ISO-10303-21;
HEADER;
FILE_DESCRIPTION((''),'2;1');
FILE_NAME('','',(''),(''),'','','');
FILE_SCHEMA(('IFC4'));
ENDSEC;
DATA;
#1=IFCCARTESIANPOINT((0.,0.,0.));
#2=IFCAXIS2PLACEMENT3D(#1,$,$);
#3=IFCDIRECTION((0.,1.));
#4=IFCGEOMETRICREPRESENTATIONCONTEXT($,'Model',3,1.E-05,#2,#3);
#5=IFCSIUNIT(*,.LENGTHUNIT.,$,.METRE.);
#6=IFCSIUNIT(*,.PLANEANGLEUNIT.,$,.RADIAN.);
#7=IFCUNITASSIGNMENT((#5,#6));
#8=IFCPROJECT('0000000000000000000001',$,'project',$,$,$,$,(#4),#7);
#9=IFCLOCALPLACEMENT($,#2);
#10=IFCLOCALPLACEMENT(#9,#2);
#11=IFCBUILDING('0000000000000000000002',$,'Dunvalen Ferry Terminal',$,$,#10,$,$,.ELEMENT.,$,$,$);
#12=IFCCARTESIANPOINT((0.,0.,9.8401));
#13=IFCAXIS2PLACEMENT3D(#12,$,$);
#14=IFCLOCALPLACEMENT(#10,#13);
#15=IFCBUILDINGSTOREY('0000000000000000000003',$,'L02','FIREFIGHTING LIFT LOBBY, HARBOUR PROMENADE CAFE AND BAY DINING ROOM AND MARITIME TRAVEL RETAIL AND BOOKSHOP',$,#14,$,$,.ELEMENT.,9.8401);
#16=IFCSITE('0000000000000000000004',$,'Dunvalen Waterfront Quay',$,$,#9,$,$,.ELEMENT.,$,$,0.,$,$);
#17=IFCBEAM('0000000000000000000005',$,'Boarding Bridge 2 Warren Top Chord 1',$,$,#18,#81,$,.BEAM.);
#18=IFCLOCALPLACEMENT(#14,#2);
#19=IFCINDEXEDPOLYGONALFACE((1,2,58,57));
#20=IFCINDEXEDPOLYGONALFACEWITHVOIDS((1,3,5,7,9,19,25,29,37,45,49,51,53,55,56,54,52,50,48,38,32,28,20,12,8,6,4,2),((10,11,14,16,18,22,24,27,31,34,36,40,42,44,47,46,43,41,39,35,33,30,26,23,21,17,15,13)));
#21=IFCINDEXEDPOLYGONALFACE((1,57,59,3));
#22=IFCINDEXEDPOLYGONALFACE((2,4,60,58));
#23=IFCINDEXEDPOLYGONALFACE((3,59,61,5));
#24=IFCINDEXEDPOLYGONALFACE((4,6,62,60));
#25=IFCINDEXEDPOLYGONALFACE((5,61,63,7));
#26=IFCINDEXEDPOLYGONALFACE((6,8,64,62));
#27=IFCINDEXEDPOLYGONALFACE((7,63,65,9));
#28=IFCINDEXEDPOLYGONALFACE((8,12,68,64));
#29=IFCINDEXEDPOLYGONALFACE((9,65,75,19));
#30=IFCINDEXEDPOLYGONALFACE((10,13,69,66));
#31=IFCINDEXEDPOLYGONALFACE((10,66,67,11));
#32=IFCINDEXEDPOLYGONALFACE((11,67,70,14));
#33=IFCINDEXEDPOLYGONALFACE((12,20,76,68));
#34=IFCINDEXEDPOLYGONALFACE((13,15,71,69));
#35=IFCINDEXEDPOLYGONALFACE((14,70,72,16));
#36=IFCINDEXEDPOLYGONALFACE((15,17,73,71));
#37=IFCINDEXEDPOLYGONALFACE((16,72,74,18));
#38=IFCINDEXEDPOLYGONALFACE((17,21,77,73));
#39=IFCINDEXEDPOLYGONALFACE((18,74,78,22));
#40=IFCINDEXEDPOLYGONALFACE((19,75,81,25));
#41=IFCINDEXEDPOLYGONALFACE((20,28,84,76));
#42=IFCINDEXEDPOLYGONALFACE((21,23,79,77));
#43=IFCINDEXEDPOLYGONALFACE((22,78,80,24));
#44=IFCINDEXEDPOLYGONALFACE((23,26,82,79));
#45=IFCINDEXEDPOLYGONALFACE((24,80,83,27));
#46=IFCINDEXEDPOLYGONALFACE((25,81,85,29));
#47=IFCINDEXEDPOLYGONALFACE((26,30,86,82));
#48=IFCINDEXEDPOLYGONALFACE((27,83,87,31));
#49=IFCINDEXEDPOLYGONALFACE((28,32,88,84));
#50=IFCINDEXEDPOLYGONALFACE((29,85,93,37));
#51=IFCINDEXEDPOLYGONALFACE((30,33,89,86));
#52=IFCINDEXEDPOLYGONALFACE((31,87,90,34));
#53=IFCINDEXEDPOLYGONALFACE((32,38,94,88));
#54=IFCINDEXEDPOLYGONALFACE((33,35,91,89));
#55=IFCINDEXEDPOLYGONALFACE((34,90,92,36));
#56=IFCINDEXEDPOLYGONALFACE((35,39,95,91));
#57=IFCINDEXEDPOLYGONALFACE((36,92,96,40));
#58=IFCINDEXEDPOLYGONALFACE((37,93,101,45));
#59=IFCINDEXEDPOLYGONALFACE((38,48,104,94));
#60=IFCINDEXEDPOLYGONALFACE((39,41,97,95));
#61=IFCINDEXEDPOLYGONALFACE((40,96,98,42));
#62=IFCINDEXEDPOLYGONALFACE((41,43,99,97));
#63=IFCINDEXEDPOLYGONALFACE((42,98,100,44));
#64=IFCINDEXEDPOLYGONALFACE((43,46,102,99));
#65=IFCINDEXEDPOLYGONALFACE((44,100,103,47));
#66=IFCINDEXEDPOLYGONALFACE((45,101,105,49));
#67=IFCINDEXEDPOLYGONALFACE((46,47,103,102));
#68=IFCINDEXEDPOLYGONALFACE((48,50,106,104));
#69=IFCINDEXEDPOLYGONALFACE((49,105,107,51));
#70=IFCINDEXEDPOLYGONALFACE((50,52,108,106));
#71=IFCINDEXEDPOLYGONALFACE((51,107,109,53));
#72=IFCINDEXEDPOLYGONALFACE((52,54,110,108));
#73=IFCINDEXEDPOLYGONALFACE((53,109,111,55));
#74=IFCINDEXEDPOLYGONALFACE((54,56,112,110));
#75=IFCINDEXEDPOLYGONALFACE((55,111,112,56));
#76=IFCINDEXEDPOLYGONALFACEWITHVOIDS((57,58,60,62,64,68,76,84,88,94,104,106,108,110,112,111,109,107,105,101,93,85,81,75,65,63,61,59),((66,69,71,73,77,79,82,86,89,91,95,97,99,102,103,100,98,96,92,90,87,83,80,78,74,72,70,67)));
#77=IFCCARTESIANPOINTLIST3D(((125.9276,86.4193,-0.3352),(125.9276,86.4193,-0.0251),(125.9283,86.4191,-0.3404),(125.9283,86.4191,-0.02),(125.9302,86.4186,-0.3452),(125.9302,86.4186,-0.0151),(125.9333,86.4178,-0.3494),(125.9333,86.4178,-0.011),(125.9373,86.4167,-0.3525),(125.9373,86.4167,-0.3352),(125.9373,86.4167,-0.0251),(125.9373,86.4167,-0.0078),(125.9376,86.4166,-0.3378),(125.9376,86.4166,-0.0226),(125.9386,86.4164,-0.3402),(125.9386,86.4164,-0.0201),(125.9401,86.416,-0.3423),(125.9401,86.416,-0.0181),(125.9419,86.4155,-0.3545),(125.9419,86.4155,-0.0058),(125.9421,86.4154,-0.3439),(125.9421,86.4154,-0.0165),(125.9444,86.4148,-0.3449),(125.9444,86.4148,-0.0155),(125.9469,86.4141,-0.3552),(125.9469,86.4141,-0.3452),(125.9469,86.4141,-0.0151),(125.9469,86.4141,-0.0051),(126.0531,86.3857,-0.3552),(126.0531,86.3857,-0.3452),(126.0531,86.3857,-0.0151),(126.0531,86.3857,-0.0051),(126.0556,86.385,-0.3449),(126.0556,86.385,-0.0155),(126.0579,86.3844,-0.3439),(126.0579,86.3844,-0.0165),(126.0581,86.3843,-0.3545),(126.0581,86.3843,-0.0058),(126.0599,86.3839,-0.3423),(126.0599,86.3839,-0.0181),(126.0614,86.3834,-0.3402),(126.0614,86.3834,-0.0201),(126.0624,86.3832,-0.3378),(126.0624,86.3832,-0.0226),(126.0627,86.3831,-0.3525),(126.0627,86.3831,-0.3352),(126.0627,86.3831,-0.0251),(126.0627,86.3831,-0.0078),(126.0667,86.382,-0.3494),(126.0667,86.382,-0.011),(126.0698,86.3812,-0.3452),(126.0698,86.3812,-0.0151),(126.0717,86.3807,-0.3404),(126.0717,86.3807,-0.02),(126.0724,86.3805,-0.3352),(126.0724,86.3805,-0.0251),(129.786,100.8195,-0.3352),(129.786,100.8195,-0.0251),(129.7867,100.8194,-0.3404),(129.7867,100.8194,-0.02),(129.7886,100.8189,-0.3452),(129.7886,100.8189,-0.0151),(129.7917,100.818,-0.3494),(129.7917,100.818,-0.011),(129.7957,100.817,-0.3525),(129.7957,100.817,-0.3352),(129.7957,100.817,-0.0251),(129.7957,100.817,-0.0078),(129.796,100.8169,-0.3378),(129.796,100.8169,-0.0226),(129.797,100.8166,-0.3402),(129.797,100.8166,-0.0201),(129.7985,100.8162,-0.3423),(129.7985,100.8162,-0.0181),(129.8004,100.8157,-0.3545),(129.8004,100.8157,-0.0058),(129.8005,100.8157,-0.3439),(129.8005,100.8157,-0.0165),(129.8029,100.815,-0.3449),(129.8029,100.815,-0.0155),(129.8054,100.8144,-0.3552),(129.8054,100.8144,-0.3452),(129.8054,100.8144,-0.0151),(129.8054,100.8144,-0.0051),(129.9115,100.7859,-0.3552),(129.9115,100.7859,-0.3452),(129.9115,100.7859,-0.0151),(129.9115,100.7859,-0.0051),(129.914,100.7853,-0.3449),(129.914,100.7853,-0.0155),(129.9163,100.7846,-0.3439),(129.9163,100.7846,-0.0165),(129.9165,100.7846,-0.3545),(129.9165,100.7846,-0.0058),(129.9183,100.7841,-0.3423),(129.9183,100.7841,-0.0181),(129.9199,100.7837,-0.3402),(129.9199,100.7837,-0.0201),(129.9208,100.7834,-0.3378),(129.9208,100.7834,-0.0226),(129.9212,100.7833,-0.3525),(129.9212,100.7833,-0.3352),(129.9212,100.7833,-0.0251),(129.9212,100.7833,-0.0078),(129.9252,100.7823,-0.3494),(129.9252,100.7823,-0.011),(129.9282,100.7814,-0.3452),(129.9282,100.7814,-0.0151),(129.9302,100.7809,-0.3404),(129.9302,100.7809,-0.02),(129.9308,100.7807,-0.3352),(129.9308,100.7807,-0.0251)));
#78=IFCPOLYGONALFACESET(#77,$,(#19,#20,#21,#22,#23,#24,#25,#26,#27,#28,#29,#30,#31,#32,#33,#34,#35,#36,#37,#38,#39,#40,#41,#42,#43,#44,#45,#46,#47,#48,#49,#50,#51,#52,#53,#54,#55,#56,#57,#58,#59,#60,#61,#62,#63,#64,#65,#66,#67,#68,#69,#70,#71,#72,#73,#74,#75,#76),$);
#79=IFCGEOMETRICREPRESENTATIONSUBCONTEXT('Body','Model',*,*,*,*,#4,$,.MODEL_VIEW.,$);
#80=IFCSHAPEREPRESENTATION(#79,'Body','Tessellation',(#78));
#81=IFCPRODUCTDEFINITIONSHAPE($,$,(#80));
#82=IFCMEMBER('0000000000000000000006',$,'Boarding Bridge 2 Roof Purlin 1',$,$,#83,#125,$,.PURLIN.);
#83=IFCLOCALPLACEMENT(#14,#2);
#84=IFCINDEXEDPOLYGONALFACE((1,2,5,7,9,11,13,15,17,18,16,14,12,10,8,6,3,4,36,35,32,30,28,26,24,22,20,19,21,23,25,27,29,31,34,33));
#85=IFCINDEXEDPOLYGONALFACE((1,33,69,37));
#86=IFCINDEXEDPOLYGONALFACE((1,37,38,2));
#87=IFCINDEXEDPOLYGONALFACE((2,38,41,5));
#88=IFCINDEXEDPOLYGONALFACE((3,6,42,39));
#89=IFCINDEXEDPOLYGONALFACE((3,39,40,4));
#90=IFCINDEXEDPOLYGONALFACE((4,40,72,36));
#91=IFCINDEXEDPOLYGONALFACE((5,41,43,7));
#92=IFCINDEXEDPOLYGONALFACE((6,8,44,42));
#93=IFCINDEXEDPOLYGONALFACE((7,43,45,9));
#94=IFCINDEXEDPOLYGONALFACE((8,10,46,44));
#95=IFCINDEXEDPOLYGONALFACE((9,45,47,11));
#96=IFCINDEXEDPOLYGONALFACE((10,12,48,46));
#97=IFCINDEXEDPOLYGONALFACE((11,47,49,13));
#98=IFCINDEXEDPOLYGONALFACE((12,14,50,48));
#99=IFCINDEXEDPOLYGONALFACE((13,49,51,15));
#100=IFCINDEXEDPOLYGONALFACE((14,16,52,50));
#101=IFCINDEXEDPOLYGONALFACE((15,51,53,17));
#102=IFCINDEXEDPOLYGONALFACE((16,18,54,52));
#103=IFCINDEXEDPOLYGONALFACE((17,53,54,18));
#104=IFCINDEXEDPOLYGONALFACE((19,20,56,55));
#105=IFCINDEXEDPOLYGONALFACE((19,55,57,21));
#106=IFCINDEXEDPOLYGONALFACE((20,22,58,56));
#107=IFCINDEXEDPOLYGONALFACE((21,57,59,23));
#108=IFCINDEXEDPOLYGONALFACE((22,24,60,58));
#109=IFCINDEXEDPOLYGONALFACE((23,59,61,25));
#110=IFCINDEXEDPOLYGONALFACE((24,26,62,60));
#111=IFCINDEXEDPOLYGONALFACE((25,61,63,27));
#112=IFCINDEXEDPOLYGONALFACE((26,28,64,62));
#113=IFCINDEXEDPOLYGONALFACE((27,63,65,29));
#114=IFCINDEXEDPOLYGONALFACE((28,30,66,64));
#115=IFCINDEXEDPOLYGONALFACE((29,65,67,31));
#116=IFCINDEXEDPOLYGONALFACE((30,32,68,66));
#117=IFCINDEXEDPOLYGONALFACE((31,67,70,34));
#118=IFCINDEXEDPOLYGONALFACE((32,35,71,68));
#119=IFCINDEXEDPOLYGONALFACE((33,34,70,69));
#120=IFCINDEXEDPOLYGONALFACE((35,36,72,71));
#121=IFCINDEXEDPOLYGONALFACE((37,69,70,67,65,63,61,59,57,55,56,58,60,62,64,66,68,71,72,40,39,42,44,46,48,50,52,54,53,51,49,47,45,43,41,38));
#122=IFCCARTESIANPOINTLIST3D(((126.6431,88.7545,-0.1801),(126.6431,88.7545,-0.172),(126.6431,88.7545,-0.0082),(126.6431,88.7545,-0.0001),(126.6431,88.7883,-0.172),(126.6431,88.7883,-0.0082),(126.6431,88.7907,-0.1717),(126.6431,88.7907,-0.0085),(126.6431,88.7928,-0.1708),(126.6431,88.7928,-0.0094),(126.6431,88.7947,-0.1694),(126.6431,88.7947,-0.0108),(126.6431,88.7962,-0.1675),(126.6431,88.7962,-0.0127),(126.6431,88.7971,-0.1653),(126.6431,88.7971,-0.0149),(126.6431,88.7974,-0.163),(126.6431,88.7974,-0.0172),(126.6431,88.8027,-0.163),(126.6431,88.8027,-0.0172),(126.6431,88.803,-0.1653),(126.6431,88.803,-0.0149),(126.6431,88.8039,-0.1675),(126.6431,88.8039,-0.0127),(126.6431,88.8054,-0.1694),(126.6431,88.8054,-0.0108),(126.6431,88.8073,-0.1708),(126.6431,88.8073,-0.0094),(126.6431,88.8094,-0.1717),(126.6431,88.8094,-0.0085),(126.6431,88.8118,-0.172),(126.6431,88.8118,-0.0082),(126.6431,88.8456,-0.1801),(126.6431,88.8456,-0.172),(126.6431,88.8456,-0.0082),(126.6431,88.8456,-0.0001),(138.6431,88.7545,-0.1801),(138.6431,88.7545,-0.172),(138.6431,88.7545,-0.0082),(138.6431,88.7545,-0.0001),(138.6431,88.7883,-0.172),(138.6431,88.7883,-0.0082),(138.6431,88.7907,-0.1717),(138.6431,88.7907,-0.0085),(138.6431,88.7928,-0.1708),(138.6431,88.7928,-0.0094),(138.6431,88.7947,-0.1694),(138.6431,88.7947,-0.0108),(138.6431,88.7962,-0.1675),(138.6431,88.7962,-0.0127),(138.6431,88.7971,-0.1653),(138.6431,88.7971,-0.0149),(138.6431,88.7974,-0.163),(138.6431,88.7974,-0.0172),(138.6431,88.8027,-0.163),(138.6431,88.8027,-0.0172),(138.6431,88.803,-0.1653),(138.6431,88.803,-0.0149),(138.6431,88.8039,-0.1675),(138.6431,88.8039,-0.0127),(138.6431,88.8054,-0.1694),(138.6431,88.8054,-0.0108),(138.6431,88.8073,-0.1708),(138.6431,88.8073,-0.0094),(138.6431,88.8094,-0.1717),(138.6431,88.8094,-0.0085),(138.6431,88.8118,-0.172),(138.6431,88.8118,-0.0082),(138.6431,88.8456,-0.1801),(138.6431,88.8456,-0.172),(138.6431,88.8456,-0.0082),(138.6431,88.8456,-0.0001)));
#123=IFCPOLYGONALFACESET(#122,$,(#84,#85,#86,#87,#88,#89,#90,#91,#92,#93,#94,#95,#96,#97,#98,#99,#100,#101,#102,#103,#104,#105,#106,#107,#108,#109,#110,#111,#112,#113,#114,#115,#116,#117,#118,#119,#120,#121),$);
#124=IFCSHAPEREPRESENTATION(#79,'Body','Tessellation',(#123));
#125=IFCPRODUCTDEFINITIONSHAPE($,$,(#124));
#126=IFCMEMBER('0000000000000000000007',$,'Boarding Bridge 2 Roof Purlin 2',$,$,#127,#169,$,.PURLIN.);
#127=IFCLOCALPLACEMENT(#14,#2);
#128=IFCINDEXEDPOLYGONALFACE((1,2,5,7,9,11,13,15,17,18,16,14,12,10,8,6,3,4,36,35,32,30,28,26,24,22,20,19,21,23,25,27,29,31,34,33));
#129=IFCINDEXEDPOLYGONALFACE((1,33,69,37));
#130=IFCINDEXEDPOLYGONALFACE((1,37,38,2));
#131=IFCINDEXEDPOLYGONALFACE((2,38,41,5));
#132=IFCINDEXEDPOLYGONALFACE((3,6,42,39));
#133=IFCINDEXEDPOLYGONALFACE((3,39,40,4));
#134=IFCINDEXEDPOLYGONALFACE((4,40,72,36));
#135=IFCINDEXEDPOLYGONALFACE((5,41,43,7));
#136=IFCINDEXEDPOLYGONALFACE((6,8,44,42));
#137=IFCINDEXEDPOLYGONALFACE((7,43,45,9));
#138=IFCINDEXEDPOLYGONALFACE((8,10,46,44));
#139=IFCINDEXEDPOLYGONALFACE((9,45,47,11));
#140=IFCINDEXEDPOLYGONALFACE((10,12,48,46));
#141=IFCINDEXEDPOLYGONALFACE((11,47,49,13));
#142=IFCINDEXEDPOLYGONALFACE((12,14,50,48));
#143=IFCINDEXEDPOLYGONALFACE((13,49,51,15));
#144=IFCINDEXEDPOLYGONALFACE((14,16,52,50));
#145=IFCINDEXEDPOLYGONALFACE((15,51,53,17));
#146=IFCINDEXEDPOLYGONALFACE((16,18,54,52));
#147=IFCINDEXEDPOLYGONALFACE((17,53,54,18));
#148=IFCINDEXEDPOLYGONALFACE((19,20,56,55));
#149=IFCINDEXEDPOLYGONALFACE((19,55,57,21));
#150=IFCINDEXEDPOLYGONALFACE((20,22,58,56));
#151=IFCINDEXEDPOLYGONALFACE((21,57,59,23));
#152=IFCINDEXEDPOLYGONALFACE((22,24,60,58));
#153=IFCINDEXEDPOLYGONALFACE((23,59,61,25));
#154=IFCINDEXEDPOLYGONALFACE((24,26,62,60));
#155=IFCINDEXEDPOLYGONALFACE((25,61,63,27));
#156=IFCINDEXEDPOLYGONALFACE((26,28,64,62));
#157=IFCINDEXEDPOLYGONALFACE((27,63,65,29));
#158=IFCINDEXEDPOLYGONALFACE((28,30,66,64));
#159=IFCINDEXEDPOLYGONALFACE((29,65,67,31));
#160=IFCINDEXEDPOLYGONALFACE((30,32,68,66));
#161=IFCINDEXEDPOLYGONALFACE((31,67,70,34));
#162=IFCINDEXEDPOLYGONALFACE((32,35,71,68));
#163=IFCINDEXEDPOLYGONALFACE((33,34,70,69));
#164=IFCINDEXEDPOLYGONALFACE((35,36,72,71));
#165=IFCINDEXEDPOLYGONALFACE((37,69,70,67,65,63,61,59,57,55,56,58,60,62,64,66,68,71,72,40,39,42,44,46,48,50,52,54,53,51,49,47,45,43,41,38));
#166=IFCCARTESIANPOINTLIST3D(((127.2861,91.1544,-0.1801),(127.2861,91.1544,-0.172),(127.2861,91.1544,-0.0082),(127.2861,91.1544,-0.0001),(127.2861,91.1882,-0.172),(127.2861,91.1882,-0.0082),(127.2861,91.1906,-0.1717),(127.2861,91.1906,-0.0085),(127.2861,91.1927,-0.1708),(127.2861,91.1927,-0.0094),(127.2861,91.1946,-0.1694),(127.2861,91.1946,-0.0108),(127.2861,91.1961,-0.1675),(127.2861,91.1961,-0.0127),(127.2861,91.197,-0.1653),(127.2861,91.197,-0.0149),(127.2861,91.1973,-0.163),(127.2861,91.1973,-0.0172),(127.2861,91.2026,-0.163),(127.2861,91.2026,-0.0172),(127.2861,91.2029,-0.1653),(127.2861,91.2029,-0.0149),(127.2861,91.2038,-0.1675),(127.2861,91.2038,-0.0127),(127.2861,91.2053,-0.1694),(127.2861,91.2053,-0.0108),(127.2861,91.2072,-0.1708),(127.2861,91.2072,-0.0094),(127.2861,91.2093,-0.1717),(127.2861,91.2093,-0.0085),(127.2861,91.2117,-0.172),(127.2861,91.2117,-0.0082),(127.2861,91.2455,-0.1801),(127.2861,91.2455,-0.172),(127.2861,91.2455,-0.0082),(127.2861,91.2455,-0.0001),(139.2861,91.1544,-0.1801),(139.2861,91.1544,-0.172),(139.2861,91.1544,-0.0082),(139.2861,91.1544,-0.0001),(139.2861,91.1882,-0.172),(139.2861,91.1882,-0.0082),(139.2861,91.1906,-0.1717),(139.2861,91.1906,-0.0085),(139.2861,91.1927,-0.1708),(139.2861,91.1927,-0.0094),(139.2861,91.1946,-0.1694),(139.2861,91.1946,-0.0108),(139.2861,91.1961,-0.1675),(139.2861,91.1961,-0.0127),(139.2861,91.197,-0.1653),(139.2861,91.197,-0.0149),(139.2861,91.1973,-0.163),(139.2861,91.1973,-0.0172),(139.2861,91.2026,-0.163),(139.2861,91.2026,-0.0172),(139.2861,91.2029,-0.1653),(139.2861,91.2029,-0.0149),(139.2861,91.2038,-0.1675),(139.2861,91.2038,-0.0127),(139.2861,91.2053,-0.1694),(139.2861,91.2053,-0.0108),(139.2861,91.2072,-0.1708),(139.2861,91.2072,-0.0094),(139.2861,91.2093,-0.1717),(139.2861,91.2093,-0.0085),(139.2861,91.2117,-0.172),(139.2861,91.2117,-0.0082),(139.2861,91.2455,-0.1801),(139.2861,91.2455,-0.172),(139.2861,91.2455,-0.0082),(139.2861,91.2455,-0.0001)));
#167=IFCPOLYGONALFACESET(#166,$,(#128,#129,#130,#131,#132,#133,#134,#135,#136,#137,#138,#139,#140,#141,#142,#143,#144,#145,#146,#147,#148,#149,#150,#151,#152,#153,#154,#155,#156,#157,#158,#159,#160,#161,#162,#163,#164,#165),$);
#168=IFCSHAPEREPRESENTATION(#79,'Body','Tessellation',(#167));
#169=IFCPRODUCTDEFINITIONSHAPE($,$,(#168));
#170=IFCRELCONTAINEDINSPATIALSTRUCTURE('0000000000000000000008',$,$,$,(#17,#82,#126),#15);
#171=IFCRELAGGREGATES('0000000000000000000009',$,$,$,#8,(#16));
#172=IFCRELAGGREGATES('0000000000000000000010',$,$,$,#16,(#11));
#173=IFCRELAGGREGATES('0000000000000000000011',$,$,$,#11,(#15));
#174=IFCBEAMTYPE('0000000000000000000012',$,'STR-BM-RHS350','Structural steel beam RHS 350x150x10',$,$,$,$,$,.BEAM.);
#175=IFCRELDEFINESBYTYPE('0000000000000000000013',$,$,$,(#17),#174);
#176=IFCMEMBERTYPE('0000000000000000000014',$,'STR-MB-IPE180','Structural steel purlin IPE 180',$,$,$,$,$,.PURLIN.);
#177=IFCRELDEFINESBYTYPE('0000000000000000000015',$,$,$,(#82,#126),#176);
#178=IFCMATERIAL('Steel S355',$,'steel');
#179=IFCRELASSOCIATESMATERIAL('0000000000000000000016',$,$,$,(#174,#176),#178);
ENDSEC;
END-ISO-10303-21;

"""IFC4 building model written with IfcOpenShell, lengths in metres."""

from ifc_helpers import new_model, si_unit, direction, frame, origin, origin_2d, place, context, subcontext, project, spatial, hollow_rectangle, i_section, extrude, material, material_profile, profile_set, type_object, element, save


model = new_model("IFC4")

# Units and contexts
model_context = context("Model", 3, precision=1e-05, world=origin(), true_north=direction((0.0, 1.0)))
body_context = subcontext(model_context, "Body", "Model", "MODEL_VIEW")
ifc_project = project(units=[si_unit("LENGTHUNIT", "METRE"), si_unit("PLANEANGLEUNIT", "RADIAN")], contexts=[model_context])

# Site, building, storey
site_placement = place(None, origin())
site = spatial("IfcSite", under=ifc_project, at=site_placement, Name="Dunvalen Waterfront Quay", CompositionType="ELEMENT", RefElevation=0.0)
building_placement = place(site_placement, origin())
building = spatial("IfcBuilding", under=site, at=building_placement, Name="Dunvalen Ferry Terminal", CompositionType="ELEMENT")
storey_placement = place(building_placement, frame((0.0, 0.0, 9.8401)))
storey = spatial("IfcBuildingStorey", under=building, at=storey_placement, Name="L02", Description="FIREFIGHTING LIFT LOBBY, HARBOUR PROMENADE CAFE AND BAY DINING ROOM AND MARITIME TRAVEL RETAIL AND BOOKSHOP", CompositionType="ELEMENT", Elevation=9.8401)

# Beam
ifc_material_1 = material(Name="Steel S355", Category="steel")
ifc_material_profile_1 = material_profile(ifc_material_1, hollow_rectangle(XDim=0.1499, YDim=0.3501, WallThickness=0.01, InnerFilletRadius=0.01, OuterFilletRadius=0.02, at=origin_2d()), Name="Steel S355")
ifc_profile_set_1 = profile_set([ifc_material_profile_1], Name="Steel S355")
beam_type_1 = type_object("IfcBeamType", Name="STR-BM-RHS350", Description="Structural steel beam RHS 350x150x10", PredefinedType="BEAM", material=ifc_profile_set_1)
beam_1_placement = place(storey_placement, frame((126.0, 86.3999, -0.1802), z_axis=(0.258812, 0.965928, 0.0), x_axis=(-0.965928, 0.258812, 0.0)))
element("IfcBeam", 1, at=beam_1_placement, inside=storey, type_object=beam_type_1, Name="Boarding Bridge 2 Warren Top Chord 1", PredefinedType="BEAM", context=body_context, shape_type="SweptSolid", body=[
    extrude(hollow_rectangle(XDim=0.1499, YDim=0.3501, WallThickness=0.01, InnerFilletRadius=0.01, OuterFilletRadius=0.02, at=origin_2d()), origin(), (0.0, 0.0, 1.0), 14.9082),
])

# Members
ifc_material_profile_2 = material_profile(ifc_material_1, i_section(OverallWidth=0.0911, OverallDepth=0.1799, WebThickness=0.0054, FlangeThickness=0.0081, FilletRadius=0.009, at=origin_2d()), Name="Steel S355")
ifc_profile_set_2 = profile_set([ifc_material_profile_2], Name="Steel S355")
member_type_1 = type_object("IfcMemberType", Name="STR-MB-IPE180", Description="Structural steel purlin IPE 180", PredefinedType="PURLIN", material=ifc_profile_set_2)
for number, where, z_axis, x_axis, name in (
    (2, (126.6431, 88.8, -0.0901), (1.0, 0.0, 0.0), (0.0, 1.0, 0.0), "Boarding Bridge 2 Roof Purlin 1"),
    (3, (127.2861, 91.2, -0.0901), (1.0, 0.0, 0.0), (0.0, 1.0, 0.0), "Boarding Bridge 2 Roof Purlin 2"),
):
    element("IfcMember", number, at=place(storey_placement, frame(where, z_axis=z_axis, x_axis=x_axis)), inside=storey, type_object=member_type_1, Name=name, PredefinedType="PURLIN", context=body_context, shape_type="SweptSolid", body=[
        extrude(i_section(OverallWidth=0.0911, OverallDepth=0.1799, WebThickness=0.0054, FlangeThickness=0.0081, FilletRadius=0.009, at=origin_2d()), origin(), (0.0, 0.0, 1.0), 12.0),
    ])

save(model, "model.ifc")
